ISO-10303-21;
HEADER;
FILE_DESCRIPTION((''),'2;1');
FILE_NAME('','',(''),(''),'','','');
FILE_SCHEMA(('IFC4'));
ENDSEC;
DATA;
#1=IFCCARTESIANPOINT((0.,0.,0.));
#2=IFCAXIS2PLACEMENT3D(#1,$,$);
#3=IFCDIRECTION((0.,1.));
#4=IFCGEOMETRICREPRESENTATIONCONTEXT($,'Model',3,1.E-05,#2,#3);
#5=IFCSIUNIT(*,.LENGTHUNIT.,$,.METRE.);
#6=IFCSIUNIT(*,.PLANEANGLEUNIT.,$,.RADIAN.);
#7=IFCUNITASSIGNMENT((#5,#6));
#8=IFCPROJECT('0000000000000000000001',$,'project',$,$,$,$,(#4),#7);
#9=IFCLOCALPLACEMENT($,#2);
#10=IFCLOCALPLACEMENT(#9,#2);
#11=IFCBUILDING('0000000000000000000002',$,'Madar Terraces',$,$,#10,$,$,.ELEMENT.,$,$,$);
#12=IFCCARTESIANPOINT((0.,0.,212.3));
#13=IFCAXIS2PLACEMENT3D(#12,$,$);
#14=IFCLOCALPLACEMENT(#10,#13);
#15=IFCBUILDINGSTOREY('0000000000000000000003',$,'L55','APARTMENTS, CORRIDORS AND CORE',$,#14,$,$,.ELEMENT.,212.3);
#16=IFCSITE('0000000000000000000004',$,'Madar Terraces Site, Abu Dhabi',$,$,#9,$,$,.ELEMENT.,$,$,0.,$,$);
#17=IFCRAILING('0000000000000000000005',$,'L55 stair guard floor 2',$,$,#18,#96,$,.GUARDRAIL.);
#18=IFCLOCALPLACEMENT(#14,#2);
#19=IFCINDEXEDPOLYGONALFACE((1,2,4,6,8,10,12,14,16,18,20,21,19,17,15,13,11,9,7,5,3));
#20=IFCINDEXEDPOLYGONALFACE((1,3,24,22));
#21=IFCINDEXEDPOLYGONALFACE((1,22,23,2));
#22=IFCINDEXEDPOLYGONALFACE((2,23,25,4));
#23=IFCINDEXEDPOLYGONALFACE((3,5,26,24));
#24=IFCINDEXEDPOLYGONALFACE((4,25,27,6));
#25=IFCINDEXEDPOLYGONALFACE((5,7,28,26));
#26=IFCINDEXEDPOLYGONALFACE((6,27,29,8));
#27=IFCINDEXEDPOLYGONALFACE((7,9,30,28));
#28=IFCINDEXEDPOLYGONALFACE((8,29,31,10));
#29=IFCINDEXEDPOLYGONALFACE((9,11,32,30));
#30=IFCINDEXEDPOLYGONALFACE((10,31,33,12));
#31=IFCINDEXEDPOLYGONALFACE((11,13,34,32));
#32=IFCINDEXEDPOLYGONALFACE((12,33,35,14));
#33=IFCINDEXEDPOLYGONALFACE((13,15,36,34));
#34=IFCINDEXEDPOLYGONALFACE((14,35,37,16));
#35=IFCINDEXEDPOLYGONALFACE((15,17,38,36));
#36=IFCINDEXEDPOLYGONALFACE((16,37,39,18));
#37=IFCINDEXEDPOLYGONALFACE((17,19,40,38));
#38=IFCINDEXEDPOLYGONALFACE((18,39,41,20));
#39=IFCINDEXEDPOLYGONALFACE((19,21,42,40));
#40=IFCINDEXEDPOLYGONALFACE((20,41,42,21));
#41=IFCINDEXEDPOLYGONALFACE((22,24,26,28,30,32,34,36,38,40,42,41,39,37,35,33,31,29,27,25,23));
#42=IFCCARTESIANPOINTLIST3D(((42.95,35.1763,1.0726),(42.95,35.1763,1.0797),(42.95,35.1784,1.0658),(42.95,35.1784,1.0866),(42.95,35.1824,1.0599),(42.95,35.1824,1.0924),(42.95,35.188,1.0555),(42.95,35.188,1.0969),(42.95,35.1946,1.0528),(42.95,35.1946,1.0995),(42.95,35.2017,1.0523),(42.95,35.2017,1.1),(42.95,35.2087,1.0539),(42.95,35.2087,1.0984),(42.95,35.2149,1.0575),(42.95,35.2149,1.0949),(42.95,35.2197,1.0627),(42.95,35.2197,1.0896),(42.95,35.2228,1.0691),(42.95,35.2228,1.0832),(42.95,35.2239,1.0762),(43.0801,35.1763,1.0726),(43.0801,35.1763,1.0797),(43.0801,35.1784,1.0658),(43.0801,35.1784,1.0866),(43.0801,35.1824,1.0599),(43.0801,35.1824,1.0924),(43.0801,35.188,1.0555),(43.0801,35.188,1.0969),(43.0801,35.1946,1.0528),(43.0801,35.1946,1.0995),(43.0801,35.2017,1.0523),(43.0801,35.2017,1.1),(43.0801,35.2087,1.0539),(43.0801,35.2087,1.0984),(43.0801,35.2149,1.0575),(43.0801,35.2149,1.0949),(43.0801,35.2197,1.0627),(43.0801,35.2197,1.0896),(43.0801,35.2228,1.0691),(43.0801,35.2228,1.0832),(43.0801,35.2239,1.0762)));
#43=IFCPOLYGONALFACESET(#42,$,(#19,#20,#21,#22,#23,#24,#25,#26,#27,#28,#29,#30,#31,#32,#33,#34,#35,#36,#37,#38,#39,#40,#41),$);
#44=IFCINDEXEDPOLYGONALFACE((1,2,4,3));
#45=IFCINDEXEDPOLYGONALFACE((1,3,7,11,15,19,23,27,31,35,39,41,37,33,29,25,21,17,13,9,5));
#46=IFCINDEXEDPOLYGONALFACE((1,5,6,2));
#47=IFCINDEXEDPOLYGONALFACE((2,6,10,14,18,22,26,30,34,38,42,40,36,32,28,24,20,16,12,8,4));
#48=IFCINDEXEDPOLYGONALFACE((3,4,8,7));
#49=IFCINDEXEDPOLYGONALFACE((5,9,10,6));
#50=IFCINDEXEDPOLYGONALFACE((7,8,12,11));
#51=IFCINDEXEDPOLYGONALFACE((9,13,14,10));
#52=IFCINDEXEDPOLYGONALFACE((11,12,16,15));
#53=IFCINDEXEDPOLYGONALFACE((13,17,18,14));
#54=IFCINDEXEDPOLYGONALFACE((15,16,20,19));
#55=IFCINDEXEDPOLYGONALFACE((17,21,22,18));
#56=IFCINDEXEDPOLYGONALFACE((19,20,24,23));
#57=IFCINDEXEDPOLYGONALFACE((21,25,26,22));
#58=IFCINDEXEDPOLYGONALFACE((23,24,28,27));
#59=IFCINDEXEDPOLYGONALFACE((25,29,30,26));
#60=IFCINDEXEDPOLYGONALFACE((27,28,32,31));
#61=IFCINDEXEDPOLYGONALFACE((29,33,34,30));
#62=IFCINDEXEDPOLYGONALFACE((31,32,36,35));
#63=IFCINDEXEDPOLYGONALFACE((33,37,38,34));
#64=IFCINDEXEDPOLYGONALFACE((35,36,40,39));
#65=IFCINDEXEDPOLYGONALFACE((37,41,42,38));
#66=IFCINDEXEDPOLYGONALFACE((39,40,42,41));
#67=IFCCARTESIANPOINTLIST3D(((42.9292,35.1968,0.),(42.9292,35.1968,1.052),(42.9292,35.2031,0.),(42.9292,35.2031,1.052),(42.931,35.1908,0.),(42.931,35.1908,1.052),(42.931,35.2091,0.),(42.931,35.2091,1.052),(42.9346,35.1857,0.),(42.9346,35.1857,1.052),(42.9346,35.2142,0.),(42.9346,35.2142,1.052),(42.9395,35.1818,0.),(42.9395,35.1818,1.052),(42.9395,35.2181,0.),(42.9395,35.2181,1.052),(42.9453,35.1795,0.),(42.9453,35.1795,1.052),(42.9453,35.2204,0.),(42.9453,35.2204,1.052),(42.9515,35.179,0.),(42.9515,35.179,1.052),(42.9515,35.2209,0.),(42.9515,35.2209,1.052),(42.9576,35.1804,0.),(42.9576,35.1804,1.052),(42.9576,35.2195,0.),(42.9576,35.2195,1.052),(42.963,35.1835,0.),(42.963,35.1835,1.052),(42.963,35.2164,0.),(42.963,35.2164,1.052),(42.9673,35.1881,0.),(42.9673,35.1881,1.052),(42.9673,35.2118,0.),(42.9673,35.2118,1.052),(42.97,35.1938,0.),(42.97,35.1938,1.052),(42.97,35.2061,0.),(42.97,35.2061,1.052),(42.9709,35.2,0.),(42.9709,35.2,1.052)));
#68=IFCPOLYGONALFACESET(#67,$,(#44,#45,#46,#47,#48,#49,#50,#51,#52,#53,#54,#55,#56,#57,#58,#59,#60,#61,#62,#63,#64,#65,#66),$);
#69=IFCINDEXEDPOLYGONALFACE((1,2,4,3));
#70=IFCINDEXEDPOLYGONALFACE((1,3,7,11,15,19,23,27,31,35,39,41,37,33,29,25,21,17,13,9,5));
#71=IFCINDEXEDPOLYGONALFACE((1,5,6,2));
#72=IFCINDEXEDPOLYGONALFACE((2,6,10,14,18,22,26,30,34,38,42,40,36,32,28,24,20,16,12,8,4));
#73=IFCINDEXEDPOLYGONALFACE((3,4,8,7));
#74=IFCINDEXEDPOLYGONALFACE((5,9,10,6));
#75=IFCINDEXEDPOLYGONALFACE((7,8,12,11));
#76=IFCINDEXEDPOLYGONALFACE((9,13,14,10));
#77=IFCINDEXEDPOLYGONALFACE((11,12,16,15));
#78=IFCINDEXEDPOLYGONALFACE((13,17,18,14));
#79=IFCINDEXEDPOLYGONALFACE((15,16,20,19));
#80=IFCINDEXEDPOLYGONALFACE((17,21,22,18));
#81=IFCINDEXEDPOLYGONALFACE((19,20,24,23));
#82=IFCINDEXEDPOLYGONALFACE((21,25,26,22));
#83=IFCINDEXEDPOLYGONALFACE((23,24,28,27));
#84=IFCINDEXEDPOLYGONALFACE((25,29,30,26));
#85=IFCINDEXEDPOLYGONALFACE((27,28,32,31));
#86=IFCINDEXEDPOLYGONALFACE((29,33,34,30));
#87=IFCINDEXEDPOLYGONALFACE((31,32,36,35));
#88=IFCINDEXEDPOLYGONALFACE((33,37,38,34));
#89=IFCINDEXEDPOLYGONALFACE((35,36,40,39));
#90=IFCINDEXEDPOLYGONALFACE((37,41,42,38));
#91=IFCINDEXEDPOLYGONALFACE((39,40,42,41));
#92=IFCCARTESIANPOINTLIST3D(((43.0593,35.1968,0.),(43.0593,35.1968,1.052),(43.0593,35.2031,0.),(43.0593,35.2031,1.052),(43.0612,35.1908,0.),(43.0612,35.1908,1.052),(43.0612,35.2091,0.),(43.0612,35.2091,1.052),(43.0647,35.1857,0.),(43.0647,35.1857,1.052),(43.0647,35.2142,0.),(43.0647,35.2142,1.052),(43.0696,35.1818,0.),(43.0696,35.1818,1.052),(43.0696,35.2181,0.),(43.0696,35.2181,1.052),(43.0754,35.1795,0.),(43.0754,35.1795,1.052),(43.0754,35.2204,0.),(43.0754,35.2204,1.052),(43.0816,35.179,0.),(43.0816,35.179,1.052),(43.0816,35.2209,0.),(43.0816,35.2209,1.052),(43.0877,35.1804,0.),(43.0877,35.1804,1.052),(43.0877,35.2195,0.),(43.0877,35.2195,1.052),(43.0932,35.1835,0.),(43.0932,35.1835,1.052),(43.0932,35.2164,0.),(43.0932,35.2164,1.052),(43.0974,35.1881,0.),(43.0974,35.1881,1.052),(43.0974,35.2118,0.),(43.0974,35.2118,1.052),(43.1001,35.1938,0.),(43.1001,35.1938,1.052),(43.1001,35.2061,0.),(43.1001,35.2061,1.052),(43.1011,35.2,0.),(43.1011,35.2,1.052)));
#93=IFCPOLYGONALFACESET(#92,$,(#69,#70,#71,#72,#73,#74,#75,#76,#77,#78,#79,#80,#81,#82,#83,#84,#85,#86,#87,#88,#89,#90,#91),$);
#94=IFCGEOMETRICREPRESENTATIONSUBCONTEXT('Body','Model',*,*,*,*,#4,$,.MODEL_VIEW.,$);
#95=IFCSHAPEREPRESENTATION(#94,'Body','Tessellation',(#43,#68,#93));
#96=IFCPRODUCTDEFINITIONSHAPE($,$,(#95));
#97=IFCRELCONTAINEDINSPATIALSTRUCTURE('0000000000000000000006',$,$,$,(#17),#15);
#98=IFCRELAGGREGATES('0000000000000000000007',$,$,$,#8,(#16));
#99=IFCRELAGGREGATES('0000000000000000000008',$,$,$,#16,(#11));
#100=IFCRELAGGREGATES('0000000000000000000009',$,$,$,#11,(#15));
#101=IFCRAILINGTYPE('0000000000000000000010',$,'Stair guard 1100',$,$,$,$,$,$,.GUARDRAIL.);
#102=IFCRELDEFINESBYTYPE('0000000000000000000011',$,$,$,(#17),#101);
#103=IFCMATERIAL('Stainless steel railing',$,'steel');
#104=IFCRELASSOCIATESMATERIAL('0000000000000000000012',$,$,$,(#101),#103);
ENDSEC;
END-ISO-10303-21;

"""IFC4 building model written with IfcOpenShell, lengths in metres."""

from ifc_helpers import new_model, si_unit, direction, frame, origin, origin_2d, place, context, subcontext, project, spatial, circle, extrude, material, type_object, element, save


model = new_model("IFC4")

# Units and contexts
model_context = context("Model", 3, precision=1e-05, world=origin(), true_north=direction((0.0, 1.0)))
body_context = subcontext(model_context, "Body", "Model", "MODEL_VIEW")
ifc_project = project(units=[si_unit("LENGTHUNIT", "METRE"), si_unit("PLANEANGLEUNIT", "RADIAN")], contexts=[model_context])

# Site, building, storey
site_placement = place(None, origin())
site = spatial("IfcSite", under=ifc_project, at=site_placement, Name="Madar Terraces Site, Abu Dhabi", CompositionType="ELEMENT", RefElevation=0.0)
building_placement = place(site_placement, origin())
building = spatial("IfcBuilding", under=site, at=building_placement, Name="Madar Terraces", CompositionType="ELEMENT")
storey_placement = place(building_placement, frame((0.0, 0.0, 212.3)))
storey = spatial("IfcBuildingStorey", under=building, at=storey_placement, Name="L55", Description="APARTMENTS, CORRIDORS AND CORE", CompositionType="ELEMENT", Elevation=212.3)

# Railing
ifc_material_1 = material(Name="Stainless steel railing", Category="steel")
railing_type_1 = type_object("IfcRailingType", Name="Stair guard 1100", PredefinedType="GUARDRAIL", material=ifc_material_1)
railing_1_placement = place(storey_placement, frame((42.95, 35.2, 0.0)))
element("IfcRailing", 1, at=railing_1_placement, inside=storey, type_object=railing_type_1, Name="L55 stair guard floor 2", PredefinedType="GUARDRAIL", context=body_context, shape_type="SweptSolid", body=[
    extrude(circle(Radius=0.0239, at=origin_2d()), frame((0.0, 0.0, 1.0762), z_axis=(1.0, 0.0, 0.0), x_axis=(0.0, 1.0, 0.0)), (0.0, 0.0, 1.0), 0.1301),
    extrude(circle(Radius=0.021, at=origin_2d()), origin(), (0.0, 0.0, 1.0), 1.052),
    extrude(circle(Radius=0.021, at=origin_2d()), frame((0.1301, 0.0, 0.0)), (0.0, 0.0, 1.0), 1.052),
])

save(model, "model.ifc")
